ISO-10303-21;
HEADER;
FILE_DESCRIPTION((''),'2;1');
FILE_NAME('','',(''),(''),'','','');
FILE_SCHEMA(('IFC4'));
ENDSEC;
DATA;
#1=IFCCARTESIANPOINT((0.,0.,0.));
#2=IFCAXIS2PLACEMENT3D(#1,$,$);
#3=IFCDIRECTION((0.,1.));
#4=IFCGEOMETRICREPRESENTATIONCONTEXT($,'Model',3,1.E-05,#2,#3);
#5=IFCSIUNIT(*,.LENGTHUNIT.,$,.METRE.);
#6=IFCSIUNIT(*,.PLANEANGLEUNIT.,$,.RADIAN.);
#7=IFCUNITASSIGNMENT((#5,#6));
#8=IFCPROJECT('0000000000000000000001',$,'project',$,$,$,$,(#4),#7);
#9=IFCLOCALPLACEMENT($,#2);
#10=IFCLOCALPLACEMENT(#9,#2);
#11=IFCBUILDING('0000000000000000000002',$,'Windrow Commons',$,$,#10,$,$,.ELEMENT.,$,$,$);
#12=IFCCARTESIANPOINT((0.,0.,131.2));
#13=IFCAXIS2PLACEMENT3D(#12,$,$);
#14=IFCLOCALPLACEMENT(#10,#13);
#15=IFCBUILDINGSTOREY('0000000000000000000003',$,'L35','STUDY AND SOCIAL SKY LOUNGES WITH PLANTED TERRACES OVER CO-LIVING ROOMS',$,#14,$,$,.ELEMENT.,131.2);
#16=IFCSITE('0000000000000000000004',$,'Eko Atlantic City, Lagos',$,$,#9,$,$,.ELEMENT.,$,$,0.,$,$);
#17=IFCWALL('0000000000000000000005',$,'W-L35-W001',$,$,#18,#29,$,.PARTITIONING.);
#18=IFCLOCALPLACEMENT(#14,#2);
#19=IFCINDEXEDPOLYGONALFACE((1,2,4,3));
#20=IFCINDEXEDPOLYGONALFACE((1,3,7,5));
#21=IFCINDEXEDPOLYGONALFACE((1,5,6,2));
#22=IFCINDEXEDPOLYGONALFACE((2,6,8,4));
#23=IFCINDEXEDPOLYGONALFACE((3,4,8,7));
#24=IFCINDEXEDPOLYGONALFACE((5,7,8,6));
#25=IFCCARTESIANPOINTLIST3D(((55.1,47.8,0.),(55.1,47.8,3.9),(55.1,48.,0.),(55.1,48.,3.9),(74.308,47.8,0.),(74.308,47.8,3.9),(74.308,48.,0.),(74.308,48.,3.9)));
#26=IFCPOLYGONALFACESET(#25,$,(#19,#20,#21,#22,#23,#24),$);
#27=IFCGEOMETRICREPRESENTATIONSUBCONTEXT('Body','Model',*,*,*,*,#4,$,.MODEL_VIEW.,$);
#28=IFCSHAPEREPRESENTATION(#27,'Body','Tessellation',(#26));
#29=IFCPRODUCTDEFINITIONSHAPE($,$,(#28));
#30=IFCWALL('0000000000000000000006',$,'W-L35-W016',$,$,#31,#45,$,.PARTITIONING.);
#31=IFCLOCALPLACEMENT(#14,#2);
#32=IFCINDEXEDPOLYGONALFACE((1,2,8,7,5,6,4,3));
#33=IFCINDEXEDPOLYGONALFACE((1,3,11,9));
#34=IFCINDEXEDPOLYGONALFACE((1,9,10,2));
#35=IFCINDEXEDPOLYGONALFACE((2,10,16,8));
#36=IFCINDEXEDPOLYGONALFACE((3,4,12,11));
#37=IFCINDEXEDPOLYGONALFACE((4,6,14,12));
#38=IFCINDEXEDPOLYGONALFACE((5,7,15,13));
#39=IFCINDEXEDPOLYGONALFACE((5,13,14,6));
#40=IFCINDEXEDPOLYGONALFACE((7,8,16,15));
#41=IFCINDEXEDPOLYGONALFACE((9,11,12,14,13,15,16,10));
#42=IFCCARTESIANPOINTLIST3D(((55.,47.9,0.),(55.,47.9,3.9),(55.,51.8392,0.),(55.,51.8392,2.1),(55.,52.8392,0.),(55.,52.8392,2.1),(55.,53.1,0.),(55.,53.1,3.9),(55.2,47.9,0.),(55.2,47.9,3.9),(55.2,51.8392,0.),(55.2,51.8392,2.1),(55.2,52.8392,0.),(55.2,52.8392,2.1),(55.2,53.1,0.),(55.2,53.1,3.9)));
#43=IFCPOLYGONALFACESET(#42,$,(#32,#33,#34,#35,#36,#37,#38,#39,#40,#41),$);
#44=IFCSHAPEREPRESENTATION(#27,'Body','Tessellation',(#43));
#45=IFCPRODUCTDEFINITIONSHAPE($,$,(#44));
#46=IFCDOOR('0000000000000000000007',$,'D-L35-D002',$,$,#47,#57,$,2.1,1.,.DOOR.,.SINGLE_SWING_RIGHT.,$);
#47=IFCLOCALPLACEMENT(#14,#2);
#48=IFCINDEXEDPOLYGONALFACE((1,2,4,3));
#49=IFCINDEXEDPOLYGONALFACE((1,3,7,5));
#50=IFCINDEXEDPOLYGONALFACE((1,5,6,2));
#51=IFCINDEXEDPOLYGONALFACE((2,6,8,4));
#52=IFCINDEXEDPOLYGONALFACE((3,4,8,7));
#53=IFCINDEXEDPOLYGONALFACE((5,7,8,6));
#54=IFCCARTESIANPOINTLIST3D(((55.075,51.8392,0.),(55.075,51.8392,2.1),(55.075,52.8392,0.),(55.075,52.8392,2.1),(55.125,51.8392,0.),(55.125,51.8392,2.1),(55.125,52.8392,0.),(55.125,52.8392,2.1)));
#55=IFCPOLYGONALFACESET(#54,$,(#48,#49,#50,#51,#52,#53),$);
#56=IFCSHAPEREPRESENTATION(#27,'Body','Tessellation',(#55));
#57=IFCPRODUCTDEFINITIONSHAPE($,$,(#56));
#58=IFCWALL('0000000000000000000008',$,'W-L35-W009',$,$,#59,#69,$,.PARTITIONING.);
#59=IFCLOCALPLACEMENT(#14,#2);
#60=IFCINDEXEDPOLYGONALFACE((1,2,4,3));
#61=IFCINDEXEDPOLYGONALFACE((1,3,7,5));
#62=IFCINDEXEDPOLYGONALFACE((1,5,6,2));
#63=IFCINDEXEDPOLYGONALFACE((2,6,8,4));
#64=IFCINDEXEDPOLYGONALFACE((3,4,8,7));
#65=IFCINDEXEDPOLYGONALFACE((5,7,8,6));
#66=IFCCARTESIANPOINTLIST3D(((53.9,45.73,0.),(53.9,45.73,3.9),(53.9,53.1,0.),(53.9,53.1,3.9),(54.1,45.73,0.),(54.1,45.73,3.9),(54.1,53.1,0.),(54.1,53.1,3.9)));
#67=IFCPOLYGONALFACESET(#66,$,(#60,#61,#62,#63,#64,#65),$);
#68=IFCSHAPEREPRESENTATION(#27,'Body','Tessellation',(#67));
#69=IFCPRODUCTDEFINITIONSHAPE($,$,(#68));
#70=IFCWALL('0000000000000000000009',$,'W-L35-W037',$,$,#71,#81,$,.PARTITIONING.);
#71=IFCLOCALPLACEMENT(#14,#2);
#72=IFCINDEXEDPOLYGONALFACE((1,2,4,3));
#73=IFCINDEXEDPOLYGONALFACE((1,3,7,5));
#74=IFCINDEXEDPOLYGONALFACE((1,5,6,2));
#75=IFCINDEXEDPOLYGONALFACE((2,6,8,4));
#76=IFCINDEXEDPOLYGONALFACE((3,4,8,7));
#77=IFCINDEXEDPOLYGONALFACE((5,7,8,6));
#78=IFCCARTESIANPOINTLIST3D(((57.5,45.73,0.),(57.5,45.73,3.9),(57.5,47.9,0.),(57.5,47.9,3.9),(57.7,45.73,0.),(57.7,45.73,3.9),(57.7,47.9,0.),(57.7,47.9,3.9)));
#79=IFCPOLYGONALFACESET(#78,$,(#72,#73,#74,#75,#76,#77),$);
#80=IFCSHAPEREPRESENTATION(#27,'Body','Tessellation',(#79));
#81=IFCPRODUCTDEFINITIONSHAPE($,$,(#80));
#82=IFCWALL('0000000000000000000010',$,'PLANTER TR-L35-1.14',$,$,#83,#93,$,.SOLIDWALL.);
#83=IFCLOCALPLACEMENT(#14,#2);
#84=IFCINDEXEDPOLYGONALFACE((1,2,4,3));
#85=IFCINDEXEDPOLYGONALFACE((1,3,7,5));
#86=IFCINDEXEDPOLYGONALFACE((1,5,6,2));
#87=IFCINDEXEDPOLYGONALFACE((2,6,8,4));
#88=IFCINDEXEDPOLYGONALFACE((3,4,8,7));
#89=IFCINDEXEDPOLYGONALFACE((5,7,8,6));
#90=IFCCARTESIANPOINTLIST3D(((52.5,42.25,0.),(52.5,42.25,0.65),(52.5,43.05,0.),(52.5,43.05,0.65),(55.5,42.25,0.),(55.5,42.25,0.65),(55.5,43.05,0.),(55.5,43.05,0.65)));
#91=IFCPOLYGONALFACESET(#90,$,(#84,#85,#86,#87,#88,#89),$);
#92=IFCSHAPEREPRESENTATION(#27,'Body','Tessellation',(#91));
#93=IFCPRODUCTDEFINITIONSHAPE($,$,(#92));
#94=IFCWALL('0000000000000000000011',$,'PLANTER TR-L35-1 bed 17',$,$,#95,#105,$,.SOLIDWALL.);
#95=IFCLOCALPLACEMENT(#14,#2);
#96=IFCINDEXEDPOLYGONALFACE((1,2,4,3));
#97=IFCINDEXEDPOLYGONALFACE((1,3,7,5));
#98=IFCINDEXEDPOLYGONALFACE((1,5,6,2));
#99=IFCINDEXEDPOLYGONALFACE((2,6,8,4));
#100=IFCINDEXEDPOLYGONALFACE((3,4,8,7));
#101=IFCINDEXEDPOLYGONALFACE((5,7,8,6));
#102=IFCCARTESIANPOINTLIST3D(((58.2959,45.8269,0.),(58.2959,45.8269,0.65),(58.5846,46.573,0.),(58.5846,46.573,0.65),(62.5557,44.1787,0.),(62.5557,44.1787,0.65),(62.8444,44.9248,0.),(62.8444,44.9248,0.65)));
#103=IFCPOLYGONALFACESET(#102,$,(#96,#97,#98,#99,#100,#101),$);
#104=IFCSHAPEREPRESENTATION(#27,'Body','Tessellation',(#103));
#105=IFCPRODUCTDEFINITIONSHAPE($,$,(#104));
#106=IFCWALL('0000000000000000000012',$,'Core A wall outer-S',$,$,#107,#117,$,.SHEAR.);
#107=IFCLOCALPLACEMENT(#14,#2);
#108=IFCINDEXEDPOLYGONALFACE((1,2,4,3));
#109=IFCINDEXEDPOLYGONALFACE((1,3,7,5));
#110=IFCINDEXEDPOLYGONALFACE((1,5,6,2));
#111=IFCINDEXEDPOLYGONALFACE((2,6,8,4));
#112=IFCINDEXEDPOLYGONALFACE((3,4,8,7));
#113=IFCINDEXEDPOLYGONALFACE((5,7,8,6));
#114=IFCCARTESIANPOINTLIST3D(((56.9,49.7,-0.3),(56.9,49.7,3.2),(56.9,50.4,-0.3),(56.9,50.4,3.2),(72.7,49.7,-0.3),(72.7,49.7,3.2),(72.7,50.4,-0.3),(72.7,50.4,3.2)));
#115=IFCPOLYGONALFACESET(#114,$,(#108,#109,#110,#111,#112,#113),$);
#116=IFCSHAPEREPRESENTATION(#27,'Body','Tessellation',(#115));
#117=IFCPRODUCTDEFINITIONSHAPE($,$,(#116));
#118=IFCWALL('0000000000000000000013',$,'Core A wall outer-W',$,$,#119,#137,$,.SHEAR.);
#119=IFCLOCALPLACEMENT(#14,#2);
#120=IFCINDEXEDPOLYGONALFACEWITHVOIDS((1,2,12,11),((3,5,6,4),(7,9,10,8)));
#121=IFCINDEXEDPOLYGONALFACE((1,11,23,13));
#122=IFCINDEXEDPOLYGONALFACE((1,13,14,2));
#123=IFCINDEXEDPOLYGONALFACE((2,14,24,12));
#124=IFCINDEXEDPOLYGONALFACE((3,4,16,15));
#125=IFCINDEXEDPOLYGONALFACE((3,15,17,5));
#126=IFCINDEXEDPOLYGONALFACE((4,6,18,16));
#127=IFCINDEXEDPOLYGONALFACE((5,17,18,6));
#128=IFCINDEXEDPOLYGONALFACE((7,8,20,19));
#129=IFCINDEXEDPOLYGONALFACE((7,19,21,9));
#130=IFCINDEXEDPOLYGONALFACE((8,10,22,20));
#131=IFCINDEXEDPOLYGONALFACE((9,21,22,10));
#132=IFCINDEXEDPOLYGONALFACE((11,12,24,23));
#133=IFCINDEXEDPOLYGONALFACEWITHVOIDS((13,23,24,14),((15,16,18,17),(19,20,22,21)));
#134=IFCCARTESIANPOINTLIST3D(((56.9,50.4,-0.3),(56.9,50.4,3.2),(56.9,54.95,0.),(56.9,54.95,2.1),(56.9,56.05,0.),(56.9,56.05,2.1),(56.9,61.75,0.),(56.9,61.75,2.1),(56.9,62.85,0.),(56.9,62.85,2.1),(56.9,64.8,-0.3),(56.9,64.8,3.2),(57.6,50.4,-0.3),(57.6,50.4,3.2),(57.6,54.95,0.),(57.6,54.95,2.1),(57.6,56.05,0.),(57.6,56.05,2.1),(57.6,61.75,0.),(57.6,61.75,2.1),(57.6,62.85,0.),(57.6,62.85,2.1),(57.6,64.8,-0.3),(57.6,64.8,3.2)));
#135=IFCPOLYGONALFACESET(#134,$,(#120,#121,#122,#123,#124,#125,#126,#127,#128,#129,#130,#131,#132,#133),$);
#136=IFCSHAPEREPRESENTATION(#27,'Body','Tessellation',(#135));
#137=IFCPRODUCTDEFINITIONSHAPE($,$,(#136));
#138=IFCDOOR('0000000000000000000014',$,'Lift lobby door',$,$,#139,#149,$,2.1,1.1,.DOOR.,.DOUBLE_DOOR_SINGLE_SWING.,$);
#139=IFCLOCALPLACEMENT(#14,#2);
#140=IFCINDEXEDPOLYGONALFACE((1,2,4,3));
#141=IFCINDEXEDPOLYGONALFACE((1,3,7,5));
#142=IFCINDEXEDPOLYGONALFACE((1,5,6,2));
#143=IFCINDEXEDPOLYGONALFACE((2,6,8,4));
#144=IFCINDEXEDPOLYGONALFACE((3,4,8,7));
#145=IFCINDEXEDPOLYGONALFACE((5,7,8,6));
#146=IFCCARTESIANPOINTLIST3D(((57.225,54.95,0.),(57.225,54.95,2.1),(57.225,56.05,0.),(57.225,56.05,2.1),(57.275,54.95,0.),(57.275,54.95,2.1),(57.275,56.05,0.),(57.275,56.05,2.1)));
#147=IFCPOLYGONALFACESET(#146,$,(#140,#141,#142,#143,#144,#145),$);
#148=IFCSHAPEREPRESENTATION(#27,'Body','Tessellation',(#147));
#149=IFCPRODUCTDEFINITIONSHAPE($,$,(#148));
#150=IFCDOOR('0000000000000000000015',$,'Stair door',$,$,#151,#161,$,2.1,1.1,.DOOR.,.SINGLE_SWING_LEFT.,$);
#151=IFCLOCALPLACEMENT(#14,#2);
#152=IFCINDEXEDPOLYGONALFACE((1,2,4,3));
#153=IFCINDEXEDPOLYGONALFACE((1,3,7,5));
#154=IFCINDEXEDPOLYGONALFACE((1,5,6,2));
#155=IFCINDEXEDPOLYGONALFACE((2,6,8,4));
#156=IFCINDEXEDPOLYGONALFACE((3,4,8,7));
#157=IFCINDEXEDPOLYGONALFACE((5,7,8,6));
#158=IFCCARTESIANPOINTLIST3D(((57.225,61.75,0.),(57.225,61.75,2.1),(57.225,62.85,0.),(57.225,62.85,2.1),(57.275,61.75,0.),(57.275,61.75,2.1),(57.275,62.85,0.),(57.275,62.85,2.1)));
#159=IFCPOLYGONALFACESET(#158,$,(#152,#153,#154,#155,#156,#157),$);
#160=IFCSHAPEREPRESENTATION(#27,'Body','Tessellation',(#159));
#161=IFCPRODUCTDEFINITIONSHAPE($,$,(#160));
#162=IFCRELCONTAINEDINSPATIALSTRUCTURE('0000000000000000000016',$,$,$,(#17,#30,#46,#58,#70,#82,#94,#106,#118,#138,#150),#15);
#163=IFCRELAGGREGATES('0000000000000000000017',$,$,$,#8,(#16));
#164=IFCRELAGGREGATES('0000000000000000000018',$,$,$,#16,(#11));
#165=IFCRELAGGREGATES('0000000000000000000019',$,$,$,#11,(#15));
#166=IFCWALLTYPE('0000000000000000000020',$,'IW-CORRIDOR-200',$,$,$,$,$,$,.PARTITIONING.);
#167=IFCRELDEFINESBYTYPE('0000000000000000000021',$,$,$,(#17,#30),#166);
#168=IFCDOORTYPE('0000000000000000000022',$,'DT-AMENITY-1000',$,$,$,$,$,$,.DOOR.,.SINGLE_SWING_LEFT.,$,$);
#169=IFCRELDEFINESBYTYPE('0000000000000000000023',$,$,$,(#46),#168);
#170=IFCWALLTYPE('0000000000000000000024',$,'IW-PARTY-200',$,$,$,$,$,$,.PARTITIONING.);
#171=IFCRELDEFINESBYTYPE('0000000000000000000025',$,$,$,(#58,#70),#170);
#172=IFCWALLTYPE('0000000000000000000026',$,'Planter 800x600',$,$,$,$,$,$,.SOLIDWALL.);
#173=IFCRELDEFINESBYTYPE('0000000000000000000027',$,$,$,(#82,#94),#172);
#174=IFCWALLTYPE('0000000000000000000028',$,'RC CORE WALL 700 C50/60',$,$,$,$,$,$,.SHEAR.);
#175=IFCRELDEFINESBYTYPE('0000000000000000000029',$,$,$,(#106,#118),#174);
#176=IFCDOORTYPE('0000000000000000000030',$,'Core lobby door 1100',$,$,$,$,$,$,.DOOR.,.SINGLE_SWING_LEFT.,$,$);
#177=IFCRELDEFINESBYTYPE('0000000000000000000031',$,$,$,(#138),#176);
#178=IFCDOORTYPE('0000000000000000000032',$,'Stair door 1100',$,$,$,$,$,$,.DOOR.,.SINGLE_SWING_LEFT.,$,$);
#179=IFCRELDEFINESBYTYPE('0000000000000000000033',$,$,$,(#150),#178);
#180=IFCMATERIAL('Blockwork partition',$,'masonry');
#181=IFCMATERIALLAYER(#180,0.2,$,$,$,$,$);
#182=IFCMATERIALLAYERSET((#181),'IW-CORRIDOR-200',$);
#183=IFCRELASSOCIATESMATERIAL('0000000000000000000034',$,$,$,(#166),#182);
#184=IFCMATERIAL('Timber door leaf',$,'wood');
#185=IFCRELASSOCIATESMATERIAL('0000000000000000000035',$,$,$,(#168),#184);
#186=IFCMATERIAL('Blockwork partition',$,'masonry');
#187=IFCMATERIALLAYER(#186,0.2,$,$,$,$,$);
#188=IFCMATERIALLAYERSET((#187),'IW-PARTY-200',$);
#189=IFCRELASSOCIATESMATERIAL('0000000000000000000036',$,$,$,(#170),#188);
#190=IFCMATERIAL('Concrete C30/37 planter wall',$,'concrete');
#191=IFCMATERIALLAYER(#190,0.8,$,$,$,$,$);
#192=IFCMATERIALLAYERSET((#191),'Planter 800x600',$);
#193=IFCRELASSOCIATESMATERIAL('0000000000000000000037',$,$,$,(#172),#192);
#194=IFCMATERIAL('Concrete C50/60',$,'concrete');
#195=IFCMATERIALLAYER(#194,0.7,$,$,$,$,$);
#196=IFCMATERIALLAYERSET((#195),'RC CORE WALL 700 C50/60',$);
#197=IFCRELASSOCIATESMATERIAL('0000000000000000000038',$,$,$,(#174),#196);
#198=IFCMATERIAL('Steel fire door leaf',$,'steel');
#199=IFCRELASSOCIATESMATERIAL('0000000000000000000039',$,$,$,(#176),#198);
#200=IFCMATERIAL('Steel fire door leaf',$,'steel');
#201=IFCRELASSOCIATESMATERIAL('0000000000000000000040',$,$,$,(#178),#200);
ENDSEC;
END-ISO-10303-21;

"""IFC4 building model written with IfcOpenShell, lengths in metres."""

from ifc_helpers import new_model, si_unit, direction, frame, frame_2d, origin, place, context, subcontext, project, spatial, rectangle, extrude, material, layer, layer_set, type_object, element, fill, save


model = new_model("IFC4")

# Units and contexts
model_context = context("Model", 3, precision=1e-05, world=origin(), true_north=direction((0.0, 1.0)))
body_context = subcontext(model_context, "Body", "Model", "MODEL_VIEW")
ifc_project = project(units=[si_unit("LENGTHUNIT", "METRE"), si_unit("PLANEANGLEUNIT", "RADIAN")], contexts=[model_context])

# Site, building, storey
site_placement = place(None, origin())
site = spatial("IfcSite", under=ifc_project, at=site_placement, Name="Eko Atlantic City, Lagos", CompositionType="ELEMENT", RefElevation=0.0)
building_placement = place(site_placement, origin())
building = spatial("IfcBuilding", under=site, at=building_placement, Name="Windrow Commons", CompositionType="ELEMENT")
storey_placement = place(building_placement, frame((0.0, 0.0, 131.2)))
storey = spatial("IfcBuildingStorey", under=building, at=storey_placement, Name="L35", Description="STUDY AND SOCIAL SKY LOUNGES WITH PLANTED TERRACES OVER CO-LIVING ROOMS", CompositionType="ELEMENT", Elevation=131.2)

# Wall
ifc_material_1 = material(Name="Blockwork partition", Category="masonry")
ifc_layer_1 = layer(ifc_material_1, 0.2)
ifc_layer_set_1 = layer_set([ifc_layer_1], Name="IW-CORRIDOR-200")
wall_type_1 = type_object("IfcWallType", Name="IW-CORRIDOR-200", PredefinedType="PARTITIONING", material=ifc_layer_set_1)
wall_1_placement = place(storey_placement, frame((55.1, 47.9, 0.0), z_axis=(0.0, 0.0, 1.0), x_axis=(1.0, 0.0, 0.0)))
element("IfcWall", 1, at=wall_1_placement, inside=storey, type_object=wall_type_1, Name="W-L35-W001", PredefinedType="PARTITIONING", context=body_context, shape_type="SweptSolid", body=[
    extrude(rectangle(XDim=19.208, YDim=0.2, at=frame_2d((9.604, 0.0))), origin(), (0.0, 0.0, 1.0), 3.9),
])

# Wall, opening, door
wall_2_placement = place(storey_placement, frame((55.1, 47.9, 0.0), z_axis=(0.0, 0.0, 1.0), x_axis=(0.0, 1.0, 0.0)))
wall_2 = element("IfcWall", 2, at=wall_2_placement, inside=storey, type_object=wall_type_1, Name="W-L35-W016", PredefinedType="PARTITIONING", context=body_context, shape_type="SweptSolid", body=[
    extrude(rectangle(XDim=5.2, YDim=0.2, at=frame_2d((2.6, 0.0))), origin(), (0.0, 0.0, 1.0), 3.9),
])
opening_1_placement = place(wall_2_placement, frame((3.9392, 0.0, 0.0)))
opening_1 = element("IfcOpeningElement", 3, at=opening_1_placement, cuts=wall_2, PredefinedType="OPENING", context=body_context, shape_type="SweptSolid", body=[
    extrude(rectangle(XDim=1.0, YDim=2.1, at=frame_2d((0.5, 1.05))), frame((0.0, 0.11, 0.0), z_axis=(0.0, -1.0, 0.0), x_axis=(1.0, 0.0, 0.0)), (0.0, 0.0, 1.0), 0.22),
])
ifc_material_2 = material(Name="Timber door leaf", Category="wood")
door_type_1 = type_object("IfcDoorType", Name="DT-AMENITY-1000", OperationType="SINGLE_SWING_LEFT", PredefinedType="DOOR", material=ifc_material_2)
door_1_placement = place(opening_1_placement, origin())
door_1 = element("IfcDoor", 4, at=door_1_placement, inside=storey, type_object=door_type_1, Name="D-L35-D002", OperationType="SINGLE_SWING_RIGHT", OverallHeight=2.1, OverallWidth=1.0, PredefinedType="DOOR", context=body_context, shape_type="SweptSolid", body=[
    extrude(rectangle(XDim=1.0, YDim=2.1, at=frame_2d((0.5, 1.05))), frame((0.0, 0.025, 0.0), z_axis=(0.0, -1.0, 0.0), x_axis=(1.0, 0.0, 0.0)), (0.0, 0.0, 1.0), 0.05),
])
fill(opening_1, door_1)

# Walls
ifc_material_3 = material(Name="Blockwork partition", Category="masonry")
ifc_layer_2 = layer(ifc_material_3, 0.2)
ifc_layer_set_2 = layer_set([ifc_layer_2], Name="IW-PARTY-200")
wall_type_2 = type_object("IfcWallType", Name="IW-PARTY-200", PredefinedType="PARTITIONING", material=ifc_layer_set_2)
wall_3_placement = place(storey_placement, frame((54.0, 45.73, 0.0), z_axis=(0.0, 0.0, 1.0), x_axis=(0.0, 1.0, 0.0)))
element("IfcWall", 5, at=wall_3_placement, inside=storey, type_object=wall_type_2, Name="W-L35-W009", PredefinedType="PARTITIONING", context=body_context, shape_type="SweptSolid", body=[
    extrude(rectangle(XDim=7.37, YDim=0.2, at=frame_2d((3.685, 0.0))), origin(), (0.0, 0.0, 1.0), 3.9),
])
wall_4_placement = place(storey_placement, frame((57.6, 45.73, 0.0), z_axis=(0.0, 0.0, 1.0), x_axis=(0.0, 1.0, 0.0)))
element("IfcWall", 6, at=wall_4_placement, inside=storey, type_object=wall_type_2, Name="W-L35-W037", PredefinedType="PARTITIONING", context=body_context, shape_type="SweptSolid", body=[
    extrude(rectangle(XDim=2.17, YDim=0.2, at=frame_2d((1.085, 0.0))), origin(), (0.0, 0.0, 1.0), 3.9),
])
ifc_material_4 = material(Name="Concrete C30/37 planter wall", Category="concrete")
ifc_layer_3 = layer(ifc_material_4, 0.8)
ifc_layer_set_3 = layer_set([ifc_layer_3], Name="Planter 800x600")
wall_type_3 = type_object("IfcWallType", Name="Planter 800x600", PredefinedType="SOLIDWALL", material=ifc_layer_set_3)
wall_5_placement = place(storey_placement, frame((52.5, 42.65, 0.0), z_axis=(0.0, 0.0, 1.0), x_axis=(1.0, 0.0, 0.0)))
element("IfcWall", 7, at=wall_5_placement, inside=storey, type_object=wall_type_3, Name="PLANTER TR-L35-1.14", PredefinedType="SOLIDWALL", context=body_context, shape_type="SweptSolid", body=[
    extrude(rectangle(XDim=3.0, YDim=0.8, at=frame_2d((1.5, 0.0))), origin(), (0.0, 0.0, 1.0), 0.65),
])
wall_6_placement = place(storey_placement, frame((62.7, 44.5518, 0.0), z_axis=(0.0, 0.0, 1.0), x_axis=(-0.932624, 0.36085, 0.0)))
element("IfcWall", 8, at=wall_6_placement, inside=storey, type_object=wall_type_3, Name="PLANTER TR-L35-1 bed 17", PredefinedType="SOLIDWALL", context=body_context, shape_type="SweptSolid", body=[
    extrude(rectangle(XDim=4.5675, YDim=0.8, at=frame_2d((2.2837, 0.0))), origin(), (0.0, 0.0, 1.0), 0.65),
])
ifc_material_5 = material(Name="Concrete C50/60", Category="concrete")
ifc_layer_4 = layer(ifc_material_5, 0.7)
ifc_layer_set_4 = layer_set([ifc_layer_4], Name="RC CORE WALL 700 C50/60")
wall_type_4 = type_object("IfcWallType", Name="RC CORE WALL 700 C50/60", PredefinedType="SHEAR", material=ifc_layer_set_4)
wall_7_placement = place(storey_placement, frame((56.9, 50.05, -0.3), z_axis=(0.0, 0.0, 1.0), x_axis=(1.0, 0.0, 0.0)))
element("IfcWall", 9, at=wall_7_placement, inside=storey, type_object=wall_type_4, Name="Core A wall outer-S", PredefinedType="SHEAR", context=body_context, shape_type="SweptSolid", body=[
    extrude(rectangle(XDim=15.8, YDim=0.7, at=frame_2d((7.9, 0.0))), origin(), (0.0, 0.0, 1.0), 3.5),
])

# Wall, openings, doors
wall_8_placement = place(storey_placement, frame((57.25, 50.4, -0.3), z_axis=(0.0, 0.0, 1.0), x_axis=(0.0, 1.0, 0.0)))
wall_8 = element("IfcWall", 10, at=wall_8_placement, inside=storey, type_object=wall_type_4, Name="Core A wall outer-W", PredefinedType="SHEAR", context=body_context, shape_type="SweptSolid", body=[
    extrude(rectangle(XDim=14.4, YDim=0.7, at=frame_2d((7.2, 0.0))), origin(), (0.0, 0.0, 1.0), 3.5),
])
opening_2_placement = place(wall_8_placement, frame((4.55, 0.0, 0.3)))
opening_2 = element("IfcOpeningElement", 11, at=opening_2_placement, cuts=wall_8, PredefinedType="OPENING", context=body_context, shape_type="SweptSolid", body=[
    extrude(rectangle(XDim=1.1, YDim=2.1, at=frame_2d((0.55, 1.05))), frame((0.0, 0.36, 0.0), z_axis=(0.0, -1.0, 0.0), x_axis=(1.0, 0.0, 0.0)), (0.0, 0.0, 1.0), 0.72),
])
opening_3_placement = place(wall_8_placement, frame((11.35, 0.0, 0.3)))
opening_3 = element("IfcOpeningElement", 12, at=opening_3_placement, cuts=wall_8, PredefinedType="OPENING", context=body_context, shape_type="SweptSolid", body=[
    extrude(rectangle(XDim=1.1, YDim=2.1, at=frame_2d((0.55, 1.05))), frame((0.0, 0.36, 0.0), z_axis=(0.0, -1.0, 0.0), x_axis=(1.0, 0.0, 0.0)), (0.0, 0.0, 1.0), 0.72),
])
ifc_material_6 = material(Name="Steel fire door leaf", Category="steel")
door_type_2 = type_object("IfcDoorType", Name="Core lobby door 1100", OperationType="SINGLE_SWING_LEFT", PredefinedType="DOOR", material=ifc_material_6)
door_2_placement = place(opening_2_placement, origin())
door_2 = element("IfcDoor", 13, at=door_2_placement, inside=storey, type_object=door_type_2, Name="Lift lobby door", OperationType="DOUBLE_DOOR_SINGLE_SWING", OverallHeight=2.1, OverallWidth=1.1, PredefinedType="DOOR", context=body_context, shape_type="SweptSolid", body=[
    extrude(rectangle(XDim=1.1, YDim=2.1, at=frame_2d((0.55, 1.05))), frame((0.0, 0.025, 0.0), z_axis=(0.0, -1.0, 0.0), x_axis=(1.0, 0.0, 0.0)), (0.0, 0.0, 1.0), 0.05),
])
fill(opening_2, door_2)
ifc_material_7 = material(Name="Steel fire door leaf", Category="steel")
door_type_3 = type_object("IfcDoorType", Name="Stair door 1100", OperationType="SINGLE_SWING_LEFT", PredefinedType="DOOR", material=ifc_material_7)
door_3_placement = place(opening_3_placement, origin())
door_3 = element("IfcDoor", 14, at=door_3_placement, inside=storey, type_object=door_type_3, Name="Stair door", OperationType="SINGLE_SWING_LEFT", OverallHeight=2.1, OverallWidth=1.1, PredefinedType="DOOR", context=body_context, shape_type="SweptSolid", body=[
    extrude(rectangle(XDim=1.1, YDim=2.1, at=frame_2d((0.55, 1.05))), frame((0.0, 0.025, 0.0), z_axis=(0.0, -1.0, 0.0), x_axis=(1.0, 0.0, 0.0)), (0.0, 0.0, 1.0), 0.05),
])
fill(opening_3, door_3)

save(model, "model.ifc")
